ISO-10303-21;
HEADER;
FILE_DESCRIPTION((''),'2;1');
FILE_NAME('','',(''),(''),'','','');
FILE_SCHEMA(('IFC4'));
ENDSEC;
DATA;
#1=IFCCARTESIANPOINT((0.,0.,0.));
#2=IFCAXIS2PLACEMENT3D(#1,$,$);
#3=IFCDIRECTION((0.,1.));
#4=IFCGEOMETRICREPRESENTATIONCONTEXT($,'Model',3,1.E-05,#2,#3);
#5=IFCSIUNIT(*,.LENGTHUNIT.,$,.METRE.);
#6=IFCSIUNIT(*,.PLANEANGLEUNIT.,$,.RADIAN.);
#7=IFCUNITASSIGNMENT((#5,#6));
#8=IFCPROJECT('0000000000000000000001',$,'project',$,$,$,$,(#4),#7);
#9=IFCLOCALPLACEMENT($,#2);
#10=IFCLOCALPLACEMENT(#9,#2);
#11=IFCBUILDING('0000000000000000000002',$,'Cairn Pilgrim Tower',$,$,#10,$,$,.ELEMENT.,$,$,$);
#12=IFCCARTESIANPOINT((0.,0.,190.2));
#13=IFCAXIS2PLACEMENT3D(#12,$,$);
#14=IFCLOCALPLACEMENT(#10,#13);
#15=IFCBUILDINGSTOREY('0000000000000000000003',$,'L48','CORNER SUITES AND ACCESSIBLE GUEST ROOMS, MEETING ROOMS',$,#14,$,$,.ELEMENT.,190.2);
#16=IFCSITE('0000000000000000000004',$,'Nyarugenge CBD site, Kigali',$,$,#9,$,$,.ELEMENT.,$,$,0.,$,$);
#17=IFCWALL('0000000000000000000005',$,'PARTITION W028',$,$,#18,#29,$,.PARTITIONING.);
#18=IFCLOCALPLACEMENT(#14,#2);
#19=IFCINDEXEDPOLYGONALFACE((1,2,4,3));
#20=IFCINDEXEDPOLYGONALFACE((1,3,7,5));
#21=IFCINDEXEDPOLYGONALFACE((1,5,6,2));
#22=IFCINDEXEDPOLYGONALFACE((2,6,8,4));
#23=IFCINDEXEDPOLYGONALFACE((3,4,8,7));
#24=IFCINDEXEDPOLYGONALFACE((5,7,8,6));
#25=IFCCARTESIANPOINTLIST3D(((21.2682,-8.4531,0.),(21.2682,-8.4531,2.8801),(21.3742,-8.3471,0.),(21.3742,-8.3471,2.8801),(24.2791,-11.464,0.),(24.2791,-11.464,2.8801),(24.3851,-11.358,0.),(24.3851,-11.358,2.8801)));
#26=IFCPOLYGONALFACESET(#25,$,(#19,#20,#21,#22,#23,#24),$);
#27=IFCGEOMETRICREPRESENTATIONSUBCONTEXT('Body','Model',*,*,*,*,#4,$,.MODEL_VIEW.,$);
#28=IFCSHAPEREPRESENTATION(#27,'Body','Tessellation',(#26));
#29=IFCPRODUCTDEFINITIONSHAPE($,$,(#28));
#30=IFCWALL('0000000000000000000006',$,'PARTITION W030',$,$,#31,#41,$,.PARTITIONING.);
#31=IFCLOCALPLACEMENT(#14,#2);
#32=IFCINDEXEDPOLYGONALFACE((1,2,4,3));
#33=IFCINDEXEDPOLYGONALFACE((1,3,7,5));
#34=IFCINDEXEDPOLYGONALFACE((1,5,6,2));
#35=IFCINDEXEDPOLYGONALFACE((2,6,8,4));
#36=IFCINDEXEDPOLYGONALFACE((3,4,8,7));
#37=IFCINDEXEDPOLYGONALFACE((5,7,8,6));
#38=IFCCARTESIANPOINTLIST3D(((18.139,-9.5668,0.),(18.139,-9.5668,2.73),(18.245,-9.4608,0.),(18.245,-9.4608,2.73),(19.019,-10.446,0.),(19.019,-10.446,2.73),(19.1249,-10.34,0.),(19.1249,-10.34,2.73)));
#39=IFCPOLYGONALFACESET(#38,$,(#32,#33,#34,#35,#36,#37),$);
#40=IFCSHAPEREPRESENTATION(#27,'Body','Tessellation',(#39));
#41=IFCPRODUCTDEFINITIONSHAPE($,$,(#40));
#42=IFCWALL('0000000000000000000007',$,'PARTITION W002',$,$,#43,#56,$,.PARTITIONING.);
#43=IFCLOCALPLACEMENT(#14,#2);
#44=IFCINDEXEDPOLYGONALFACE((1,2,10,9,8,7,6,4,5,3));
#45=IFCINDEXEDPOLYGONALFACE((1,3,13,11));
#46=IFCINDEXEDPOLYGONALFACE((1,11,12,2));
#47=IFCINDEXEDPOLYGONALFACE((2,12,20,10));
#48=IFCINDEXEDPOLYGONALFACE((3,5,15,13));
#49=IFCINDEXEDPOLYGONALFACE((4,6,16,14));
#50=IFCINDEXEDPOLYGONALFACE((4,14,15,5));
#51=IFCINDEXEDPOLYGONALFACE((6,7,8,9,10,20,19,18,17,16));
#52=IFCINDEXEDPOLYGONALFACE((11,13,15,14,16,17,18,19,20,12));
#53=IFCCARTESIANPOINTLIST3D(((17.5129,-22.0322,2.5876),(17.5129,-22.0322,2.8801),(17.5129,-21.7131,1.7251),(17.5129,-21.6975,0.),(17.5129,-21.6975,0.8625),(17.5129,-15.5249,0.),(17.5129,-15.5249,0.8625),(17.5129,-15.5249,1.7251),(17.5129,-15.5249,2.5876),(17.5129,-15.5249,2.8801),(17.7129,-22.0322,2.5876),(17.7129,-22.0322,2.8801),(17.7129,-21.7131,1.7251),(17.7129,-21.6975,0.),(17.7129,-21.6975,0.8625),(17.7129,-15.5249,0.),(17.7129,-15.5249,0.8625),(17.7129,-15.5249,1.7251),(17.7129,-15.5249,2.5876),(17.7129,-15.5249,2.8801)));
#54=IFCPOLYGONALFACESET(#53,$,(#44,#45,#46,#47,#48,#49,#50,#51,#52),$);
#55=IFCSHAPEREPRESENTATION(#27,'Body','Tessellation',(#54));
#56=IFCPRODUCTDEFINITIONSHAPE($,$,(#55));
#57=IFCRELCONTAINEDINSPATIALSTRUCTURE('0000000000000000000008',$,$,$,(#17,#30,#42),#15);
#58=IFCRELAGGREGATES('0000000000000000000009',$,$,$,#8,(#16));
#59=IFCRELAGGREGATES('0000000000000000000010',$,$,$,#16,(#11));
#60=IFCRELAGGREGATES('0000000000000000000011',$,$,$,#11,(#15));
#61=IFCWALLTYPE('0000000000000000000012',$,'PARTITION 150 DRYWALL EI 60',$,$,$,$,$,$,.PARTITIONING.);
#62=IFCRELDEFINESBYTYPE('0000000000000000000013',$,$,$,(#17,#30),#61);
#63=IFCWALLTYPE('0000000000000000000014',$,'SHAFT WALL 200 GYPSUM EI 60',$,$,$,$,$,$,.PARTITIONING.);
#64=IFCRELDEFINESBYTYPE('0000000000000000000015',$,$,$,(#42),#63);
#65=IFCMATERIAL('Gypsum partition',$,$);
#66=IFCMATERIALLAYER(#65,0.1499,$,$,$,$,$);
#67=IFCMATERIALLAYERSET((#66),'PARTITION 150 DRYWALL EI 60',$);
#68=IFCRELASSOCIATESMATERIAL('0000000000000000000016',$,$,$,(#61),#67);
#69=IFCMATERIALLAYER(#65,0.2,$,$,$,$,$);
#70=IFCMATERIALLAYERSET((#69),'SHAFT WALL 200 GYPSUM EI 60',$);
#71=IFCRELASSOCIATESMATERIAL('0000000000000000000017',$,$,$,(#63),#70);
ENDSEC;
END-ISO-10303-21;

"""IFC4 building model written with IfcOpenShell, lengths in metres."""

from ifc_helpers import new_model, si_unit, direction, frame, frame_2d, origin, place, context, subcontext, project, spatial, polyline, rectangle, outline, extrude, material, layer, layer_set, type_object, element, save


model = new_model("IFC4")

# Units and contexts
model_context = context("Model", 3, precision=1e-05, world=origin(), true_north=direction((0.0, 1.0)))
body_context = subcontext(model_context, "Body", "Model", "MODEL_VIEW")
ifc_project = project(units=[si_unit("LENGTHUNIT", "METRE"), si_unit("PLANEANGLEUNIT", "RADIAN")], contexts=[model_context])

# Site, building, storey
site_placement = place(None, origin())
site = spatial("IfcSite", under=ifc_project, at=site_placement, Name="Nyarugenge CBD site, Kigali", CompositionType="ELEMENT", RefElevation=0.0)
building_placement = place(site_placement, origin())
building = spatial("IfcBuilding", under=site, at=building_placement, Name="Cairn Pilgrim Tower", CompositionType="ELEMENT")
storey_placement = place(building_placement, frame((0.0, 0.0, 190.2)))
storey = spatial("IfcBuildingStorey", under=building, at=storey_placement, Name="L48", Description="CORNER SUITES AND ACCESSIBLE GUEST ROOMS, MEETING ROOMS", CompositionType="ELEMENT", Elevation=190.2)

# Shared definitions
ifc_material_1 = material(Name="Gypsum partition")

# Shared definitions
ifc_layer_1 = layer(ifc_material_1, 0.1499)
ifc_layer_set_1 = layer_set([ifc_layer_1], Name="PARTITION 150 DRYWALL EI 60")
wall_type_1 = type_object("IfcWallType", Name="PARTITION 150 DRYWALL EI 60", PredefinedType="PARTITIONING", material=ifc_layer_set_1)

# Walls
wall_1_placement = place(storey_placement, frame((24.332, -11.4109, 0.0), z_axis=(0.0, 0.0, 1.0), x_axis=(-0.707107, 0.707107, 0.0)))
element("IfcWall", 1, at=wall_1_placement, inside=storey, type_object=wall_type_1, Name="PARTITION W028", PredefinedType="PARTITIONING", context=body_context, shape_type="SweptSolid", body=[
    extrude(rectangle(XDim=4.2581, YDim=0.1499, at=frame_2d((2.1289, 0.0))), origin(), (0.0, 0.0, 1.0), 2.8801),
])
wall_2_placement = place(storey_placement, frame((19.072, -10.3931, 0.0), z_axis=(0.0, 0.0, 1.0), x_axis=(-0.707401, 0.706812, 0.0)))
element("IfcWall", 2, at=wall_2_placement, inside=storey, type_object=wall_type_1, Name="PARTITION W030", PredefinedType="PARTITIONING", context=body_context, shape_type="SweptSolid", body=[
    extrude(rectangle(XDim=1.2439, YDim=0.1499, at=frame_2d((0.6221, 0.0))), origin(), (0.0, 0.0, 1.0), 2.73),
])
ifc_layer_2 = layer(ifc_material_1, 0.2)
ifc_layer_set_2 = layer_set([ifc_layer_2], Name="SHAFT WALL 200 GYPSUM EI 60")
wall_type_2 = type_object("IfcWallType", Name="SHAFT WALL 200 GYPSUM EI 60", PredefinedType="PARTITIONING", material=ifc_layer_set_2)
wall_3_placement = place(storey_placement, frame((17.613, -22.0322, 0.0), z_axis=(0.0, 0.0, 1.0), x_axis=(0.0, 1.0, 0.0)))
element("IfcWall", 3, at=wall_3_placement, inside=storey, type_object=wall_type_2, Name="PARTITION W002", PredefinedType="PARTITIONING", context=body_context, shape_type="SweptSolid", body=[
    extrude(outline(polyline([(0.3347, 0.0), (6.5073, 0.0), (6.5073, 0.8625), (6.5073, 1.7251), (6.5073, 2.5876), (6.5073, 2.8801), (0.0, 2.8801), (0.0, 2.5876), (0.3191, 1.7251), (0.3347, 0.8625), (0.3347, 0.0)])), frame((0.0, 0.1001, 0.0), z_axis=(0.0, -1.0, 0.0), x_axis=(1.0, 0.0, 0.0)), (0.0, 0.0, 1.0), 0.2),
])

save(model, "model.ifc")
